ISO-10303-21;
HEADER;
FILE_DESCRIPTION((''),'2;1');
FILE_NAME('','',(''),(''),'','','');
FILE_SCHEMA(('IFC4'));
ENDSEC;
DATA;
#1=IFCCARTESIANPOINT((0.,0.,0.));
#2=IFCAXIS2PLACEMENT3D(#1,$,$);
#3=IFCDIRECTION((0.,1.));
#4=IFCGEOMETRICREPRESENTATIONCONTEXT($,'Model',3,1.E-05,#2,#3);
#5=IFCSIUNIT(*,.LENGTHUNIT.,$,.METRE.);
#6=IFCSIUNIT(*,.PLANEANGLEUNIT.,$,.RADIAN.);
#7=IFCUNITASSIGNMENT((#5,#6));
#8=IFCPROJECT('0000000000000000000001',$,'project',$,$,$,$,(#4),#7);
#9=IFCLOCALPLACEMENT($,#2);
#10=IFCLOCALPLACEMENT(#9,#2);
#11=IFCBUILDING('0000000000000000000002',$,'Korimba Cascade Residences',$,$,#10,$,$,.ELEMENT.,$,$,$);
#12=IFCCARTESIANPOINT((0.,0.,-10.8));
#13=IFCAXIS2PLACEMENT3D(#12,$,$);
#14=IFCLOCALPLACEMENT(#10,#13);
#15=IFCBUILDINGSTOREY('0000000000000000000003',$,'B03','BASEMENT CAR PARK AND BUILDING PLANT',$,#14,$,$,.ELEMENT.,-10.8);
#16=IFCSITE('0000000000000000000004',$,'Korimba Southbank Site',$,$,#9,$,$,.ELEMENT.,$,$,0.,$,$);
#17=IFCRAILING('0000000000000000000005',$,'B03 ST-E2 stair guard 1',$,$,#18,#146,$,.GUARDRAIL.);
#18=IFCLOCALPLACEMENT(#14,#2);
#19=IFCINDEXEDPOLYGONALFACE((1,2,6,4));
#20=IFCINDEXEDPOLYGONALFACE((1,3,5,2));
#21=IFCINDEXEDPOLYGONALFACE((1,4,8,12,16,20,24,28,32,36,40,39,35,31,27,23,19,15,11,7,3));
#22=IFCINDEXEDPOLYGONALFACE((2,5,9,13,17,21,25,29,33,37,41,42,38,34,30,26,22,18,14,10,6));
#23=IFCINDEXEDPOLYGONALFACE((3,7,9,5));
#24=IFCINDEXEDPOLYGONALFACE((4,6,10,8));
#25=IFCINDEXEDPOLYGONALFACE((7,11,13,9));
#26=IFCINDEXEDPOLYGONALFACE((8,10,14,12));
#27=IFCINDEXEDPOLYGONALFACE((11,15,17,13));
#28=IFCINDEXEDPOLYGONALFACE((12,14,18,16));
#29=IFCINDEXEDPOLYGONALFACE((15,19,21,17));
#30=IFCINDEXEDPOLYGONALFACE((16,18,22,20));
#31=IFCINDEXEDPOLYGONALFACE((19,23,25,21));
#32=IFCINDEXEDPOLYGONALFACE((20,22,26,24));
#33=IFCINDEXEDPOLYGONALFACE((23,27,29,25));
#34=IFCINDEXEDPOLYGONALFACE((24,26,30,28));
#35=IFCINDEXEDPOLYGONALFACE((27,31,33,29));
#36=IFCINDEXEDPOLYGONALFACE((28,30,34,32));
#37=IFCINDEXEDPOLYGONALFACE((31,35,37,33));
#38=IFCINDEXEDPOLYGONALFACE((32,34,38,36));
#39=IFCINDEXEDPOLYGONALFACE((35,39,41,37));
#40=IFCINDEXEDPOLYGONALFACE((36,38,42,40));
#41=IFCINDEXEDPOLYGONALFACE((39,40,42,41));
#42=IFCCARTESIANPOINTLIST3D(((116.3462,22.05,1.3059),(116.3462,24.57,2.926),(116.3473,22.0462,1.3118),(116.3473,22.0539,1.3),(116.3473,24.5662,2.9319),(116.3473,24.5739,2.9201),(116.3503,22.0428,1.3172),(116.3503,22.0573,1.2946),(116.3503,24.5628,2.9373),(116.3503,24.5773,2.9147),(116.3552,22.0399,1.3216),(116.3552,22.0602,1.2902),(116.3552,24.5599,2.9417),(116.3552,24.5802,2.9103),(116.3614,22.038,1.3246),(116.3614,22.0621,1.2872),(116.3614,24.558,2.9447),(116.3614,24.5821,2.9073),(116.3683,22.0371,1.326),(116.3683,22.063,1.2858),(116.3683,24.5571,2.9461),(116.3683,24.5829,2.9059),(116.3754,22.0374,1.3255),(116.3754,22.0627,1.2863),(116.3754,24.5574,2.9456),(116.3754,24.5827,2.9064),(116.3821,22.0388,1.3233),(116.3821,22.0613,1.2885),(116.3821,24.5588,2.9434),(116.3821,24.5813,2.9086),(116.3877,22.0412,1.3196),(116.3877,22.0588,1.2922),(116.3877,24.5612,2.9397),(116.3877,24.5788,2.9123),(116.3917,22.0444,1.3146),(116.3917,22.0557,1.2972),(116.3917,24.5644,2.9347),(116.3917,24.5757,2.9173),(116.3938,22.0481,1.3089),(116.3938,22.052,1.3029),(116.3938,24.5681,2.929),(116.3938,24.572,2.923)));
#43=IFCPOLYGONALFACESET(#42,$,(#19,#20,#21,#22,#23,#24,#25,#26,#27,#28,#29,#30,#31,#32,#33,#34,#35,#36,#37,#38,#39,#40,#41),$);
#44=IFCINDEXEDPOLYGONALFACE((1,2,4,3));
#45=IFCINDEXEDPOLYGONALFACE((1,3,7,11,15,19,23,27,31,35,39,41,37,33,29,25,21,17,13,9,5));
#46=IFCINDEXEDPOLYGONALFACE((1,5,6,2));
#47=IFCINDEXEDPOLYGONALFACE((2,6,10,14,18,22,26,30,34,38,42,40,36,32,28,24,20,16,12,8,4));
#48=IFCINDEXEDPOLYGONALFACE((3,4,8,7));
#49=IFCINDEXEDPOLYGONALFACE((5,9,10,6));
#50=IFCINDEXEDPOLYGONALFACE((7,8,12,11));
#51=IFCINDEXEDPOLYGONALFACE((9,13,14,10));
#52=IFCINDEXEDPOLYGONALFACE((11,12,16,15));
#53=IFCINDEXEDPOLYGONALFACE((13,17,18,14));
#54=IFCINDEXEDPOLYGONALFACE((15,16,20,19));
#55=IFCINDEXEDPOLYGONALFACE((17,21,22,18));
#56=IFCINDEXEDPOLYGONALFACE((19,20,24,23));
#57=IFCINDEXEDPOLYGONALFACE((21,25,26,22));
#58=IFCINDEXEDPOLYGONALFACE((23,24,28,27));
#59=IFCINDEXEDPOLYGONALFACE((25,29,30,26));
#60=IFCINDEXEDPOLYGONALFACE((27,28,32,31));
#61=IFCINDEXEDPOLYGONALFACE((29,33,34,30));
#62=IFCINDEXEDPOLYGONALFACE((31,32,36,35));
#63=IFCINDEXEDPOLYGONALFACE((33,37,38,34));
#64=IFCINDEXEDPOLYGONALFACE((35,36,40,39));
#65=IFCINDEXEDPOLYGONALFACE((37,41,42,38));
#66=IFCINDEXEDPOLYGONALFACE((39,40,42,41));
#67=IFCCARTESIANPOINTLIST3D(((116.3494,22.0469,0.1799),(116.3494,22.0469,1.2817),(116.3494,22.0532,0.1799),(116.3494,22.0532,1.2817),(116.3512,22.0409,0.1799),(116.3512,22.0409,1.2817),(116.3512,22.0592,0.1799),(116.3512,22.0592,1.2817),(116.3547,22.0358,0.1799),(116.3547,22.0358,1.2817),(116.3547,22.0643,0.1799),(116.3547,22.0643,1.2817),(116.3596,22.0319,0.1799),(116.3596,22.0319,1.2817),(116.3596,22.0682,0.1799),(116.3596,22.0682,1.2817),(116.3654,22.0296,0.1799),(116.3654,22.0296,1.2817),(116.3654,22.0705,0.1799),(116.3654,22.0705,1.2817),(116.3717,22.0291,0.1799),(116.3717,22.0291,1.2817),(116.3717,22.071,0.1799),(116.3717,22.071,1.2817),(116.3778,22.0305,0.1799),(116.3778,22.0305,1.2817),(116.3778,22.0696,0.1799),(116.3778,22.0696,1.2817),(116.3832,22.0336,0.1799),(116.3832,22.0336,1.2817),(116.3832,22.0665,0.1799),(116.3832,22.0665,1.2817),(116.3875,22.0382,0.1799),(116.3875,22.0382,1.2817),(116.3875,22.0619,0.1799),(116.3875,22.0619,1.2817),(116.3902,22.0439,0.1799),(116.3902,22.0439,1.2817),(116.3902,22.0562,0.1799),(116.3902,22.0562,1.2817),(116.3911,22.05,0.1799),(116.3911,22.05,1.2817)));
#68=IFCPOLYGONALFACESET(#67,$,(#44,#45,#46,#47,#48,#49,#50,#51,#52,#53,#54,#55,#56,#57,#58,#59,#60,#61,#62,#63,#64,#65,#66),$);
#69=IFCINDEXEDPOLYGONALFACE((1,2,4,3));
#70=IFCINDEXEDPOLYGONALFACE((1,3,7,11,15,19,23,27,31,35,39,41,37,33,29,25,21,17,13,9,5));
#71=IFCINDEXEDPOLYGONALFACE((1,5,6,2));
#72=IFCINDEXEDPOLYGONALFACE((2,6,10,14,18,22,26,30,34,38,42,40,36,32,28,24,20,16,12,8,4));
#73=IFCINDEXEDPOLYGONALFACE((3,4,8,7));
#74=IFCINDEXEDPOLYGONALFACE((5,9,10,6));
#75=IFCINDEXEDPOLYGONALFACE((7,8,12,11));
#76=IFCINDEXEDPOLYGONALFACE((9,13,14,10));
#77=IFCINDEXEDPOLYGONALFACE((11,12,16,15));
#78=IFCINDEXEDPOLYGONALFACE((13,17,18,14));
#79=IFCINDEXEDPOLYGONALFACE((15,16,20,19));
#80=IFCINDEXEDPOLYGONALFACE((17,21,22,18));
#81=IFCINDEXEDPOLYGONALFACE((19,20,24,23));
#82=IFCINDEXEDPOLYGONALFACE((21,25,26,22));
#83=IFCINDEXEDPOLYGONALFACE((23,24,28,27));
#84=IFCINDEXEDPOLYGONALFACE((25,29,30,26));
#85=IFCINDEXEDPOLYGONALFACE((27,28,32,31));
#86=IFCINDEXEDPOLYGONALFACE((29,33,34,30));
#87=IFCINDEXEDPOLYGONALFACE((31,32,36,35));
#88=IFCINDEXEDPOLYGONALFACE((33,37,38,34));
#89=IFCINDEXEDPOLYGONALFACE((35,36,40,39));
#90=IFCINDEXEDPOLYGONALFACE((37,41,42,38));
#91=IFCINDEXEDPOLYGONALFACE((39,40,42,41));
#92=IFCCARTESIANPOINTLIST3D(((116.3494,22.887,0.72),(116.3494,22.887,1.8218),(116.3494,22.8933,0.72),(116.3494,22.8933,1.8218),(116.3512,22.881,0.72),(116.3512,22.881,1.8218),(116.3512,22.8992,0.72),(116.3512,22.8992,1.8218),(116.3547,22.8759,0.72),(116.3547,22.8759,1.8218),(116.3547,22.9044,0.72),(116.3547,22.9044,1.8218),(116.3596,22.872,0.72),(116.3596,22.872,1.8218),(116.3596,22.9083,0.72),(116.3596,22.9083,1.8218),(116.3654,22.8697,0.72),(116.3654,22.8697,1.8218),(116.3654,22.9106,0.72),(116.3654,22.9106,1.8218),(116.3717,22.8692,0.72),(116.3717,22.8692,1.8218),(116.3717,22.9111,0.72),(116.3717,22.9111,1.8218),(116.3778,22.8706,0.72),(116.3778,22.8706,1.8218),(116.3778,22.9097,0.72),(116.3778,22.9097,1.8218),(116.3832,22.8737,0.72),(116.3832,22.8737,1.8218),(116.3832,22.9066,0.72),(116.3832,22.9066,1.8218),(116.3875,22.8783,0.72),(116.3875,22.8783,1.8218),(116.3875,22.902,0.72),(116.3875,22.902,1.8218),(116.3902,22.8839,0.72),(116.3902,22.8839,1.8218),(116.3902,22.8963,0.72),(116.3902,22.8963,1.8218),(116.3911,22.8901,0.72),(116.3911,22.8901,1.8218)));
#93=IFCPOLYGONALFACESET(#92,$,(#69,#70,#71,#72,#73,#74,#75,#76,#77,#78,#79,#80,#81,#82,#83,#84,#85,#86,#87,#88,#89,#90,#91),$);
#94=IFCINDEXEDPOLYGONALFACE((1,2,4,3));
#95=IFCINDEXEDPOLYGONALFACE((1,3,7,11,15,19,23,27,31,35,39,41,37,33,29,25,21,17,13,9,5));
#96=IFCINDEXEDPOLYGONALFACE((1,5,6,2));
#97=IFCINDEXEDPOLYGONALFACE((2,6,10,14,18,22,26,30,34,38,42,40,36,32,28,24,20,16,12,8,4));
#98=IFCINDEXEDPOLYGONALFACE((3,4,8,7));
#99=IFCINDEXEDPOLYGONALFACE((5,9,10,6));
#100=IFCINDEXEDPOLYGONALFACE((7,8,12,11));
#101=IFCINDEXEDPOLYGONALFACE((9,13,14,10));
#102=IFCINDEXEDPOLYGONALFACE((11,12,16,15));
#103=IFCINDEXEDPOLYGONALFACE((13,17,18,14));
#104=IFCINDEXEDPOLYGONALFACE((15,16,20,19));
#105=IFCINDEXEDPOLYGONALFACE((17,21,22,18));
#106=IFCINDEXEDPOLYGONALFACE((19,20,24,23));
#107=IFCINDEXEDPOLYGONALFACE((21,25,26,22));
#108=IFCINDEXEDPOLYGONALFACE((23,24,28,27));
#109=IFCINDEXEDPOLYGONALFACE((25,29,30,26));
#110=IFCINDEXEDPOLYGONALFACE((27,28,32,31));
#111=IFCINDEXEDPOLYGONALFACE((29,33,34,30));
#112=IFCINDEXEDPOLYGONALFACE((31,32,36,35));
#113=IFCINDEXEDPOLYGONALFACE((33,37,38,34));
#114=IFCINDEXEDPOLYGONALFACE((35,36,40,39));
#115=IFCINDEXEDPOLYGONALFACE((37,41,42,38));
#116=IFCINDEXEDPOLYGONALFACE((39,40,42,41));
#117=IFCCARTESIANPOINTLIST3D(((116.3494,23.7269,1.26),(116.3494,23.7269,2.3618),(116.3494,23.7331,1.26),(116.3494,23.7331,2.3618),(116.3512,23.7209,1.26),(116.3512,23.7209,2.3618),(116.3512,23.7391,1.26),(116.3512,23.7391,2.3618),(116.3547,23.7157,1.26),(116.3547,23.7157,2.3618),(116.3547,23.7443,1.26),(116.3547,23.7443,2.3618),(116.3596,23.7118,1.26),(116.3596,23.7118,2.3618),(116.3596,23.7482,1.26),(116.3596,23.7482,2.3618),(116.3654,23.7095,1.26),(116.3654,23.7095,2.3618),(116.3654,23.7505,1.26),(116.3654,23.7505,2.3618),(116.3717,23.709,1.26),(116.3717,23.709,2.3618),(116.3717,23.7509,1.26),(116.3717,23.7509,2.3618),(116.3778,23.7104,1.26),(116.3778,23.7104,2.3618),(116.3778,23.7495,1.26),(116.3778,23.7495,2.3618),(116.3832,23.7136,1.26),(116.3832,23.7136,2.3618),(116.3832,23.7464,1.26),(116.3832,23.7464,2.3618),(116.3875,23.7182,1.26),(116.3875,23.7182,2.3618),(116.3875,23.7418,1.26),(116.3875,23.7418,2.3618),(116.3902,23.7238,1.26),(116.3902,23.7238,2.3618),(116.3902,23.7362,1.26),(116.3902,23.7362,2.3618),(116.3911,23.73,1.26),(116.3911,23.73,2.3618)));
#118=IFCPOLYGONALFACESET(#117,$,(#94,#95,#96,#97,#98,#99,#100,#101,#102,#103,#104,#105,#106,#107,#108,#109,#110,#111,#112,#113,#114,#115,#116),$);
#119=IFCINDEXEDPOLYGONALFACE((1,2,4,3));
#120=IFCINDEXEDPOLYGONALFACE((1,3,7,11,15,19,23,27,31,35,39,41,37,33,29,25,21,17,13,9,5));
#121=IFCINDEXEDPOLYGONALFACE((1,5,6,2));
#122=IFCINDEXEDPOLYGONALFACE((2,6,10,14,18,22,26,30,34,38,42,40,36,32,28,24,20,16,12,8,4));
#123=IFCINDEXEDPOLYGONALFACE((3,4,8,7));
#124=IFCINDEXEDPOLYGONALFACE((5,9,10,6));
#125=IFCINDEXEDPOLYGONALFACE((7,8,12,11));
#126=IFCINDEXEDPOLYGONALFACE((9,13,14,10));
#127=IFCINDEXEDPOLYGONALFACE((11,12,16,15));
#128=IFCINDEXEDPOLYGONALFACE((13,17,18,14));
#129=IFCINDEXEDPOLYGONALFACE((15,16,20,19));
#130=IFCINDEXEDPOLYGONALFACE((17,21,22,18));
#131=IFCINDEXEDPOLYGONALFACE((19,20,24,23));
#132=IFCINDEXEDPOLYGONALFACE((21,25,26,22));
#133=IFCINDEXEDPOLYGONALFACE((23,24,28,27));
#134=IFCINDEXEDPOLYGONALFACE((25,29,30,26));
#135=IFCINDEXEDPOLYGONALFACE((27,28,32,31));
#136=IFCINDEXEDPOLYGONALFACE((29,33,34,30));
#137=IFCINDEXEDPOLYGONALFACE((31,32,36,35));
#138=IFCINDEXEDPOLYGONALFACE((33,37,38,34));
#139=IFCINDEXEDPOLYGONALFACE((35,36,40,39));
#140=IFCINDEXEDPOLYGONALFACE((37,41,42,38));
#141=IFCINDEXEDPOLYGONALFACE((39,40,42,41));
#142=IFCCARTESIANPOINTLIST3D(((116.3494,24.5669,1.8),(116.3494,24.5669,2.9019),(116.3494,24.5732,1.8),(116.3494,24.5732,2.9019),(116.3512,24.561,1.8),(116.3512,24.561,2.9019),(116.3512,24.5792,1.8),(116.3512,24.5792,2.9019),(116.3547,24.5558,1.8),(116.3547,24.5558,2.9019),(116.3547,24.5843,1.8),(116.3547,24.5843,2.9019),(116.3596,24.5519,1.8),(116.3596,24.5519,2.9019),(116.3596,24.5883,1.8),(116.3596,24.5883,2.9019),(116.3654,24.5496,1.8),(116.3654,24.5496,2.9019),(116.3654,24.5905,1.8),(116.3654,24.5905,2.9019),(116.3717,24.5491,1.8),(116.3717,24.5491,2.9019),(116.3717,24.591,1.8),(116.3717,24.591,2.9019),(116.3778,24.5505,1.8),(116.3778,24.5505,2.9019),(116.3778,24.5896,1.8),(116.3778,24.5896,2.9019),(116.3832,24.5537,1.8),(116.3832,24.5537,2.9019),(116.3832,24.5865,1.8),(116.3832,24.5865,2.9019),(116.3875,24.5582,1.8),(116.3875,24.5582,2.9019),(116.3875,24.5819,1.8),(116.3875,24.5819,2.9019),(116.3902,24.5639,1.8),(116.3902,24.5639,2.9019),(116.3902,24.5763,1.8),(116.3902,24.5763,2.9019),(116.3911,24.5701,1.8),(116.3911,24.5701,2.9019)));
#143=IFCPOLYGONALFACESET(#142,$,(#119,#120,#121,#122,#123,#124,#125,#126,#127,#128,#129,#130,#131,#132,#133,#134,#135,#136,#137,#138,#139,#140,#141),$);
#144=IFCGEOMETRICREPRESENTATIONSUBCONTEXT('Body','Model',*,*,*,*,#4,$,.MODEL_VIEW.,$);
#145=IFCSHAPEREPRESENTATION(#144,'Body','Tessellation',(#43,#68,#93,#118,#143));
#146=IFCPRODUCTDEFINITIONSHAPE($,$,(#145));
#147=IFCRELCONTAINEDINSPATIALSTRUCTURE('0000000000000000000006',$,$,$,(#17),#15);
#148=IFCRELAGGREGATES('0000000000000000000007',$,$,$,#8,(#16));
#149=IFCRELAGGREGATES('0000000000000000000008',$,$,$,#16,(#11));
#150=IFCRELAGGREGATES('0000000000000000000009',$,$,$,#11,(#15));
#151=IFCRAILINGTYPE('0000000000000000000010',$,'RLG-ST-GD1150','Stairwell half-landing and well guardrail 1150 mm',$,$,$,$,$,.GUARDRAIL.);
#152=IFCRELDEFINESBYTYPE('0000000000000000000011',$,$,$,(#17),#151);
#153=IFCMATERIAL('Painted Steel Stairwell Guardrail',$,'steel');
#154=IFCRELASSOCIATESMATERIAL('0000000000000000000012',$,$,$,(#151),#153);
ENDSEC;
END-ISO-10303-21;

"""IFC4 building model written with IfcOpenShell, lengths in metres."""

from ifc_helpers import new_model, si_unit, direction, frame, origin, origin_2d, place, context, subcontext, project, spatial, circle, extrude, material, type_object, element, save


model = new_model("IFC4")

# Units and contexts
model_context = context("Model", 3, precision=1e-05, world=origin(), true_north=direction((0.0, 1.0)))
body_context = subcontext(model_context, "Body", "Model", "MODEL_VIEW")
ifc_project = project(units=[si_unit("LENGTHUNIT", "METRE"), si_unit("PLANEANGLEUNIT", "RADIAN")], contexts=[model_context])

# Site, building, storey
site_placement = place(None, origin())
site = spatial("IfcSite", under=ifc_project, at=site_placement, Name="Korimba Southbank Site", CompositionType="ELEMENT", RefElevation=0.0)
building_placement = place(site_placement, origin())
building = spatial("IfcBuilding", under=site, at=building_placement, Name="Korimba Cascade Residences", CompositionType="ELEMENT")
storey_placement = place(building_placement, frame((0.0, 0.0, -10.8)))
storey = spatial("IfcBuildingStorey", under=building, at=storey_placement, Name="B03", Description="BASEMENT CAR PARK AND BUILDING PLANT", CompositionType="ELEMENT", Elevation=-10.8)

# Railing
ifc_material_1 = material(Name="Painted Steel Stairwell Guardrail", Category="steel")
railing_type_1 = type_object("IfcRailingType", Name="RLG-ST-GD1150", Description="Stairwell half-landing and well guardrail 1150 mm", PredefinedType="GUARDRAIL", material=ifc_material_1)
railing_1_placement = place(storey_placement, frame((116.3701, 22.05, 0.1799)))
element("IfcRailing", 1, at=railing_1_placement, inside=storey, type_object=railing_type_1, Name="B03 ST-E2 stair guard 1", PredefinedType="GUARDRAIL", context=body_context, shape_type="SweptSolid", body=[
    extrude(circle(Radius=0.0239, at=origin_2d()), frame((0.0, 0.0, 1.126), z_axis=(0.0, 0.841163, 0.540782), x_axis=(-1.0, 0.0, 0.0)), (0.0, 0.0, 1.0), 2.9958),
    extrude(circle(Radius=0.021, at=origin_2d()), origin(), (0.0, 0.0, 1.0), 1.1018),
    extrude(circle(Radius=0.021, at=origin_2d()), frame((0.0, 0.8401, 0.54)), (0.0, 0.0, 1.0), 1.1018),
    extrude(circle(Radius=0.021, at=origin_2d()), frame((0.0, 1.6799, 1.0801)), (0.0, 0.0, 1.0), 1.1018),
    extrude(circle(Radius=0.021, at=origin_2d()), frame((0.0, 2.52, 1.6201)), (0.0, 0.0, 1.0), 1.1018),
])

save(model, "model.ifc")
